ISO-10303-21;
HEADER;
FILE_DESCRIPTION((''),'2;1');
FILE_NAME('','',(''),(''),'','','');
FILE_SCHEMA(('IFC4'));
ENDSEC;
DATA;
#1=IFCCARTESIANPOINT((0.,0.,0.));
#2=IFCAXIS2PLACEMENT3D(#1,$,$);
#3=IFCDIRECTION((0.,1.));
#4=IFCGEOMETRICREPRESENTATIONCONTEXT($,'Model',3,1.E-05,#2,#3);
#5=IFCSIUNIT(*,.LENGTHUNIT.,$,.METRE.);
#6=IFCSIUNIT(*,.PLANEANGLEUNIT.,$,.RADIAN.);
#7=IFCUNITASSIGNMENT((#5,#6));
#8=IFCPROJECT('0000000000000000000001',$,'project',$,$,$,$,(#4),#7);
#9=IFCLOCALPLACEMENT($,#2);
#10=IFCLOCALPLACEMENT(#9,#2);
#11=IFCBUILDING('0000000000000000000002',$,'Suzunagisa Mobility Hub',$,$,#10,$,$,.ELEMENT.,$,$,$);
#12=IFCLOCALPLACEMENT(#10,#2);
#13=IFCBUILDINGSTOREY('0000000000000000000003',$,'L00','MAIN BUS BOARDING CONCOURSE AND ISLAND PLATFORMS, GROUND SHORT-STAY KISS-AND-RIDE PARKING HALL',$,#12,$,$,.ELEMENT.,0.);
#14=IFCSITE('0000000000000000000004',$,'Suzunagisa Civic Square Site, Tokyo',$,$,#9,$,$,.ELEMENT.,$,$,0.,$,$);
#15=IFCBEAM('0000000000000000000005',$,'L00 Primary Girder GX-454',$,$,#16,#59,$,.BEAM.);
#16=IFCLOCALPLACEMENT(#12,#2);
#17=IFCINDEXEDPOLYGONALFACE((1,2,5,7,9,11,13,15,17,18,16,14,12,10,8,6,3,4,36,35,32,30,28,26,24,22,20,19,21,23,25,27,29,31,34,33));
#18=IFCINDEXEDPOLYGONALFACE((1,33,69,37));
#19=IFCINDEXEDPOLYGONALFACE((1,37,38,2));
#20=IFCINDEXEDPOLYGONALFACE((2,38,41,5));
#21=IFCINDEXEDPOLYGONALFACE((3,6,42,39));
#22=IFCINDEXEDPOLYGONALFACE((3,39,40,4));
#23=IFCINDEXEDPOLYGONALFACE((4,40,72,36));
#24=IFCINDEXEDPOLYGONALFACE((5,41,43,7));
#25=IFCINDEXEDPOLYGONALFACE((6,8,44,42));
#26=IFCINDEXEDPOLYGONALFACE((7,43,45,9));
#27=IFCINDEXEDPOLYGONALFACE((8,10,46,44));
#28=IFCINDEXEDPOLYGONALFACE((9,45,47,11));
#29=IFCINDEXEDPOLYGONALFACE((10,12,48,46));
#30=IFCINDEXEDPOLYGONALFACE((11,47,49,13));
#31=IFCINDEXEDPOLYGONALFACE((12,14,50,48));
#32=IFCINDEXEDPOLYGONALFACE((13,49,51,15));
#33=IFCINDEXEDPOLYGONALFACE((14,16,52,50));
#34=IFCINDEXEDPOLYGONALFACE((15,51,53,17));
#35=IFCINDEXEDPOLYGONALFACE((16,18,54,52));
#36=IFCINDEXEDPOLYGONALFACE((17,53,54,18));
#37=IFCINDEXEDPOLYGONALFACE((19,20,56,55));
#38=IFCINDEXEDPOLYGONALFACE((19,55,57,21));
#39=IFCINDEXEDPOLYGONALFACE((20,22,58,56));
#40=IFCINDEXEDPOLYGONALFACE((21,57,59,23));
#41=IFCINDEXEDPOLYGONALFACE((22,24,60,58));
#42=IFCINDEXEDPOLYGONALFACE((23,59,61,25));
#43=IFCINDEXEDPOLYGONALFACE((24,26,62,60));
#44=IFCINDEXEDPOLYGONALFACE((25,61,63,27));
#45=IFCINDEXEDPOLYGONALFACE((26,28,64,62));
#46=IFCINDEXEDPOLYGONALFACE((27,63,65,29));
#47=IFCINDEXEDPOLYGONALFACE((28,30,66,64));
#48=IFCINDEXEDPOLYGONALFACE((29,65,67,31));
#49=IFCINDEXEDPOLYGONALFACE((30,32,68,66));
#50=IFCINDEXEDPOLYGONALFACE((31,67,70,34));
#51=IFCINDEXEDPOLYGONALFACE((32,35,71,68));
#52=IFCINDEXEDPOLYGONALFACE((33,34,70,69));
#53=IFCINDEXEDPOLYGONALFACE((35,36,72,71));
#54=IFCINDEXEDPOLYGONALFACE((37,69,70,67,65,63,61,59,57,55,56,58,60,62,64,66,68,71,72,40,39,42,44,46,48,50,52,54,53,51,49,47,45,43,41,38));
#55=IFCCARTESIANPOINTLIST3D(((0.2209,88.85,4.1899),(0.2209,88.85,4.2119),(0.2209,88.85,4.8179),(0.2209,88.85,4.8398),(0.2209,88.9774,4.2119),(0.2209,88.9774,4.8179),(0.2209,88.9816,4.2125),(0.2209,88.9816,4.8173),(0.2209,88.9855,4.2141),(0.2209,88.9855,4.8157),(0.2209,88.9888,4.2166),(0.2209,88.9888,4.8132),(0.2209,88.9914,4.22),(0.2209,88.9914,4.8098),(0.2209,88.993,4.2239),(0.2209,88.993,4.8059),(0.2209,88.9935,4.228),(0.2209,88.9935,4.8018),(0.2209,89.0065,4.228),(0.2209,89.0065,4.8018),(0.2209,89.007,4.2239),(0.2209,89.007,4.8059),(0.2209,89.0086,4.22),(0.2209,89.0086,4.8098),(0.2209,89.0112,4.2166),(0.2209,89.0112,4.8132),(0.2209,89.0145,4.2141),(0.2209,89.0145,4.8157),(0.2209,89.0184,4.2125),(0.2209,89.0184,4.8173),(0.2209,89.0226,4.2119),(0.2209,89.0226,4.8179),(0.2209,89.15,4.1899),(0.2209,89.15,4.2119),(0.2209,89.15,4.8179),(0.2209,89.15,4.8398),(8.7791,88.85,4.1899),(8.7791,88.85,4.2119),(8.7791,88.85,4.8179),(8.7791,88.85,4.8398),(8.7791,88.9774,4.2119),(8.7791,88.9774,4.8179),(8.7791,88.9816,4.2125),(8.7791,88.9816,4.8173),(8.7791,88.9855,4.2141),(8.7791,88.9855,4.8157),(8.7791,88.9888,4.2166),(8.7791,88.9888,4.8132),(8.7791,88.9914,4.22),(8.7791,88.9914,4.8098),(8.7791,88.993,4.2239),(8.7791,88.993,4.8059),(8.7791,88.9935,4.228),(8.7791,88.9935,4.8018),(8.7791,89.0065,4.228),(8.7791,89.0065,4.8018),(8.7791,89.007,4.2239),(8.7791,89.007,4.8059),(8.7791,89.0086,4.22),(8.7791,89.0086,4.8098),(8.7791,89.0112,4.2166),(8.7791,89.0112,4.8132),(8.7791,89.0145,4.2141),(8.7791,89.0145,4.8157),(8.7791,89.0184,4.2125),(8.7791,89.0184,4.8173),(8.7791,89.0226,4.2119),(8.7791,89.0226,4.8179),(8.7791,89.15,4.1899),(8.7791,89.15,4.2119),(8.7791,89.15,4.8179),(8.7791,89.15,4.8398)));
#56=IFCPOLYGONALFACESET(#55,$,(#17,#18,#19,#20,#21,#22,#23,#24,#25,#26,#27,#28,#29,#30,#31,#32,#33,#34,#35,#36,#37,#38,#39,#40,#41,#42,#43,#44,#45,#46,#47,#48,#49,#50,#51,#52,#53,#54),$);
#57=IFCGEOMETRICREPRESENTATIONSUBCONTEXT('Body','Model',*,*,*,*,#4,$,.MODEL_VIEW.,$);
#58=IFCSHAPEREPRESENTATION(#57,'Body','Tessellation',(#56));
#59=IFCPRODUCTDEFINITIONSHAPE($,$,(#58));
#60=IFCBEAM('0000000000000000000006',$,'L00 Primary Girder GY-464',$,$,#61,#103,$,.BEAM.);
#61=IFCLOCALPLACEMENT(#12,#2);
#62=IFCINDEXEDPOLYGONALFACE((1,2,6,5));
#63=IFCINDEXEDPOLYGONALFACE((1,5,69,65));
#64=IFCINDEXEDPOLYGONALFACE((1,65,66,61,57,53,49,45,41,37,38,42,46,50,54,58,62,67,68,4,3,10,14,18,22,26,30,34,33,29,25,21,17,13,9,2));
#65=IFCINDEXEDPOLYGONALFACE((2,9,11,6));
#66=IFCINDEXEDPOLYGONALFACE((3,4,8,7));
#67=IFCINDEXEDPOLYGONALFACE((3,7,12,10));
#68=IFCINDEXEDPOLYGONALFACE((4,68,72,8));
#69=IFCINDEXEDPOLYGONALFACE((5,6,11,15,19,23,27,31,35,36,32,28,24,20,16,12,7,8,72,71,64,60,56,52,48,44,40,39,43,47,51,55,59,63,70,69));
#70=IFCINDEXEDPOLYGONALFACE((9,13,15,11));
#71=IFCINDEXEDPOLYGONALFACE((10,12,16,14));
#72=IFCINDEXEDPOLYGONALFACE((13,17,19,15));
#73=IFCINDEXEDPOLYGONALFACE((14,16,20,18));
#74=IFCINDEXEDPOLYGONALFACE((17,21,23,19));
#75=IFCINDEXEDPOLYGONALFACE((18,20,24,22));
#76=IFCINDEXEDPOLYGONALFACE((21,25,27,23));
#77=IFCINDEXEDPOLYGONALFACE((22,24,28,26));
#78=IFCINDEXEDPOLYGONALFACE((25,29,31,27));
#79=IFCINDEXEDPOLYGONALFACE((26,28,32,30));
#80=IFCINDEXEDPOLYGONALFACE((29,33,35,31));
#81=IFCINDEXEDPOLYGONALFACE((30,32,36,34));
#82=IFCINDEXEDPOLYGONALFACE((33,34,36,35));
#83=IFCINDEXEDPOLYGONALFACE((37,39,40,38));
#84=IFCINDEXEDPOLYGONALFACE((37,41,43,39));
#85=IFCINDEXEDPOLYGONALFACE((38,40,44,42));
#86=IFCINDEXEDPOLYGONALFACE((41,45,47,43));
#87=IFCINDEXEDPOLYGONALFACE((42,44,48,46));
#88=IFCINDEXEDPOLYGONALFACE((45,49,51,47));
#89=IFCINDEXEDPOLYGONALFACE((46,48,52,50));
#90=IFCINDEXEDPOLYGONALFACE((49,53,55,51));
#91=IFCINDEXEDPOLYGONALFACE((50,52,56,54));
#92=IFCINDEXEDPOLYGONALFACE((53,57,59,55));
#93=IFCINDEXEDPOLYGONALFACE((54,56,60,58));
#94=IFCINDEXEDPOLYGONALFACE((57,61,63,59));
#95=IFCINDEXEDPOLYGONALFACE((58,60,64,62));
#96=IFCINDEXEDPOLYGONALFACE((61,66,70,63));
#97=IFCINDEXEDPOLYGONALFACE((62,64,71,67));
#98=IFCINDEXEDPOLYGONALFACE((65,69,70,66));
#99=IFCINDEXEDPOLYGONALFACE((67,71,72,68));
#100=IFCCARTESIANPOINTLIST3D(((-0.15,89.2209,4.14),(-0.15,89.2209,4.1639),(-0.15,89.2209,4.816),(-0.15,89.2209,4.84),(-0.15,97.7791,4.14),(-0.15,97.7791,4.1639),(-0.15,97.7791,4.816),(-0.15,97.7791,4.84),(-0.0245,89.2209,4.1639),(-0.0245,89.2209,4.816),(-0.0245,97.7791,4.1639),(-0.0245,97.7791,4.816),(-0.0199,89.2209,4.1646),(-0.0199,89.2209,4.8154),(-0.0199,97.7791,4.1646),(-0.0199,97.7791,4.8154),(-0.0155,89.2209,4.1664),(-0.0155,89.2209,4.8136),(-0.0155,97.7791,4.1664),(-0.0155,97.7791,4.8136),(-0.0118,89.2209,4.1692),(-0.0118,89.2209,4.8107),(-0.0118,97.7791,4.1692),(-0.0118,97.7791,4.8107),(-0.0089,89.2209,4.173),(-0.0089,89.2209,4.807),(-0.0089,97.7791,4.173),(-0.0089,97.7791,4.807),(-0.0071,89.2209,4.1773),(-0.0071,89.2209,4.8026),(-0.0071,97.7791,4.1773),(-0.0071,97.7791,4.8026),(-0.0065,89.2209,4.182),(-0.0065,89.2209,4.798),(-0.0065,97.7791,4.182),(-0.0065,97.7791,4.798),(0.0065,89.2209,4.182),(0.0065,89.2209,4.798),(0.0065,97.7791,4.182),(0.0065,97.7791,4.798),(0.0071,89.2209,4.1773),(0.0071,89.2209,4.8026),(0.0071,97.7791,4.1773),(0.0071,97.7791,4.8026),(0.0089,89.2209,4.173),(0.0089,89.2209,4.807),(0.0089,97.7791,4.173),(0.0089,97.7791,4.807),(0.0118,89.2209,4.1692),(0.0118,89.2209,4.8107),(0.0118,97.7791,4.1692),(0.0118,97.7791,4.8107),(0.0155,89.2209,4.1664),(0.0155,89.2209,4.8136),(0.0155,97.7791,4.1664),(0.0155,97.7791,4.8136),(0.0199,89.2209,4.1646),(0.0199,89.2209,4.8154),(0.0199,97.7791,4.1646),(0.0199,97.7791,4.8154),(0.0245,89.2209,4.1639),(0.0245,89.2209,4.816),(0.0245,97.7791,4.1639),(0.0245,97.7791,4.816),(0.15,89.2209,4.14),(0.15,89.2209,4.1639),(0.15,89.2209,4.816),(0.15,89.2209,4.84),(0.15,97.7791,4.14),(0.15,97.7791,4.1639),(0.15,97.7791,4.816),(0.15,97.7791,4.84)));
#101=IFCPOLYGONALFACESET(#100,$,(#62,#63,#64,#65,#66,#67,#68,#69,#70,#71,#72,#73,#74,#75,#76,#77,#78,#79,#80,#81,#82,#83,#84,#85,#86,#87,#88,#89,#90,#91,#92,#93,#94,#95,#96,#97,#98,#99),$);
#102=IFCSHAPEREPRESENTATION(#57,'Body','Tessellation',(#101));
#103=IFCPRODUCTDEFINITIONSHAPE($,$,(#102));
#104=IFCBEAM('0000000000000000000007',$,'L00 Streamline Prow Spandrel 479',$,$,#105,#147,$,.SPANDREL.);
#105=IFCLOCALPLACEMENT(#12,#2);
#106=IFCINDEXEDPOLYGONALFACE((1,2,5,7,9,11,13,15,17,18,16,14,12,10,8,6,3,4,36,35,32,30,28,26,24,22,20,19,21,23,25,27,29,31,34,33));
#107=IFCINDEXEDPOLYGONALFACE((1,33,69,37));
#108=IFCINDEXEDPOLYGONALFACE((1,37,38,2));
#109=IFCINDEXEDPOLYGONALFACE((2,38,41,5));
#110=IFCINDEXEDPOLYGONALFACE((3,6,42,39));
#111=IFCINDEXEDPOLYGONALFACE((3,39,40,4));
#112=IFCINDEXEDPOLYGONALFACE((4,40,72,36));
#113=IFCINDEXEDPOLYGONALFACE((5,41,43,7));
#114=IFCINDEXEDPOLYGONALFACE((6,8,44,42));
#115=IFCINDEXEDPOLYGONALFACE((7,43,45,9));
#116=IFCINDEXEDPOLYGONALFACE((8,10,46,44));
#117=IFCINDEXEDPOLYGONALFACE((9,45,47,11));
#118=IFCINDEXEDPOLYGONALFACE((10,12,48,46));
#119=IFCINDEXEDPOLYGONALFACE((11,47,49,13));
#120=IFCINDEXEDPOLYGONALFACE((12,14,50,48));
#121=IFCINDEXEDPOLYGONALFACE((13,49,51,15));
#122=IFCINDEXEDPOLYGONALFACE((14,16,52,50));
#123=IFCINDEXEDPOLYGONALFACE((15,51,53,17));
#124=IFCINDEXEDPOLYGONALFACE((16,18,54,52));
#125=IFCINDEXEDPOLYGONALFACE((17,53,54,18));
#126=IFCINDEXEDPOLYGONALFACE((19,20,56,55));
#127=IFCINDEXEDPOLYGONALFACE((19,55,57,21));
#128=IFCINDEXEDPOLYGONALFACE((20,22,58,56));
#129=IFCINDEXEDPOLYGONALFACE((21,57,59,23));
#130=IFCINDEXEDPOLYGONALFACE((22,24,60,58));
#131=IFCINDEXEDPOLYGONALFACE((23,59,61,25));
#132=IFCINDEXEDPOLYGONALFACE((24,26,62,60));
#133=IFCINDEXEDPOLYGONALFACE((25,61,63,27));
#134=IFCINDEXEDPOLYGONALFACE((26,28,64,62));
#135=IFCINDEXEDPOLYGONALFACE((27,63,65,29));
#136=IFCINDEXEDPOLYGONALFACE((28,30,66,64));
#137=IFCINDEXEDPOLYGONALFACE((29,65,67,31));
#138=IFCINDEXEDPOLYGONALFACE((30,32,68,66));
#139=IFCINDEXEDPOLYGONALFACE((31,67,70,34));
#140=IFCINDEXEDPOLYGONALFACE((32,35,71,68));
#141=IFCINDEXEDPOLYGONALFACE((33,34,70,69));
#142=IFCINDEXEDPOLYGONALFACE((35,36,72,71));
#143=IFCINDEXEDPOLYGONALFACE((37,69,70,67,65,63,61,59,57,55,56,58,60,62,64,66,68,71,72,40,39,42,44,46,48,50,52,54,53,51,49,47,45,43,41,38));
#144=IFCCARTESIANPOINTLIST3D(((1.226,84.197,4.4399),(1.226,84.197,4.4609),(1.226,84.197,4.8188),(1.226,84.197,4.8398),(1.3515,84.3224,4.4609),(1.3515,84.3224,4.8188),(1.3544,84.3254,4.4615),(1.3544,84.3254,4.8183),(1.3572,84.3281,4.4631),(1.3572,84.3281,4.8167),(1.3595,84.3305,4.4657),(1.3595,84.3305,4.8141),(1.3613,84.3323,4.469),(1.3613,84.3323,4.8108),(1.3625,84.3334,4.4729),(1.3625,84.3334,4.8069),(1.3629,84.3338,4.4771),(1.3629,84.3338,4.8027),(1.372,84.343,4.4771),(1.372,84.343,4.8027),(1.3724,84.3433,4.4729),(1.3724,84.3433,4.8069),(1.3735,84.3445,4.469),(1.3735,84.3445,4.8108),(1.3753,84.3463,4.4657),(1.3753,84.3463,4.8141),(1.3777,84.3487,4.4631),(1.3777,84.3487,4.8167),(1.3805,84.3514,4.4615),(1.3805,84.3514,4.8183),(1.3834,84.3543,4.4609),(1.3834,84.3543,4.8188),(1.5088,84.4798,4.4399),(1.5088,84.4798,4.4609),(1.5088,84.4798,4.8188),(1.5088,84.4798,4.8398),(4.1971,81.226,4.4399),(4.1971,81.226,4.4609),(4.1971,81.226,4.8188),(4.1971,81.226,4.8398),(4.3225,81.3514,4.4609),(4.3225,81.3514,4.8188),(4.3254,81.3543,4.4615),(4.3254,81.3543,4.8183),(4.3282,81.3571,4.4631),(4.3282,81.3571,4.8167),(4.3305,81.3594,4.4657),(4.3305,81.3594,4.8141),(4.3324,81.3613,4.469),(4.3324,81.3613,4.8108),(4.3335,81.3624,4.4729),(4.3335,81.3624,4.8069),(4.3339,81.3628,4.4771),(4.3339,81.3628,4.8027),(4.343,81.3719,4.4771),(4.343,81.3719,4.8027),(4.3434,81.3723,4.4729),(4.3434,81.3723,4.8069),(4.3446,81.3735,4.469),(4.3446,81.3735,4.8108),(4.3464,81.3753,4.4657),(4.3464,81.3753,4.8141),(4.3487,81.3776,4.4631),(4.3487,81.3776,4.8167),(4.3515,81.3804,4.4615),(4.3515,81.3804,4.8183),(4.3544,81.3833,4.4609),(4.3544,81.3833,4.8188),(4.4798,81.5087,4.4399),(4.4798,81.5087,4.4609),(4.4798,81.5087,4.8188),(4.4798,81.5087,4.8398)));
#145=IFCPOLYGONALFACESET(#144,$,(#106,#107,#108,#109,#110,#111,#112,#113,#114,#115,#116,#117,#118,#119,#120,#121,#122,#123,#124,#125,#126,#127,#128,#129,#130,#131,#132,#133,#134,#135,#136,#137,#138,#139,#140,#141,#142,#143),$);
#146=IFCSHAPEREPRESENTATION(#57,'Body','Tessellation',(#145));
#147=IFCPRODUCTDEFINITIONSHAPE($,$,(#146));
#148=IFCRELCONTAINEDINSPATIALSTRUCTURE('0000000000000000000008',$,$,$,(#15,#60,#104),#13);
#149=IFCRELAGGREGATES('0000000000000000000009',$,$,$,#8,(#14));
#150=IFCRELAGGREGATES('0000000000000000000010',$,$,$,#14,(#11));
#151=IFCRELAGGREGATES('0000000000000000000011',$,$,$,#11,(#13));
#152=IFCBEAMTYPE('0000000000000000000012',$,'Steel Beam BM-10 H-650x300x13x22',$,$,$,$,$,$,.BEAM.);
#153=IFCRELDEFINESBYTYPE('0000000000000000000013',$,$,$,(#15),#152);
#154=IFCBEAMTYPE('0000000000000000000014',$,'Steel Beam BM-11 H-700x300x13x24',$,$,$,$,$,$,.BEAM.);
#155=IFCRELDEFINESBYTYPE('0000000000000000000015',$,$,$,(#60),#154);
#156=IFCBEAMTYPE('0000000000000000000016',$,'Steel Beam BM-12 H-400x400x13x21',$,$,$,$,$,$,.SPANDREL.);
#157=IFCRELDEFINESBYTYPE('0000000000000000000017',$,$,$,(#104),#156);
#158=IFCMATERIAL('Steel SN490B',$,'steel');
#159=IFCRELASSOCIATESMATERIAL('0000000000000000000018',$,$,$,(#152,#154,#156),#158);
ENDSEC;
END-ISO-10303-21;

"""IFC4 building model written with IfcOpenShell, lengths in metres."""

from ifc_helpers import new_model, si_unit, direction, frame, origin, origin_2d, place, context, subcontext, project, spatial, i_section, extrude, material, material_profile, profile_set, type_object, element, save


model = new_model("IFC4")

# Units and contexts
model_context = context("Model", 3, precision=1e-05, world=origin(), true_north=direction((0.0, 1.0)))
body_context = subcontext(model_context, "Body", "Model", "MODEL_VIEW")
ifc_project = project(units=[si_unit("LENGTHUNIT", "METRE"), si_unit("PLANEANGLEUNIT", "RADIAN")], contexts=[model_context])

# Site, building, storey
site_placement = place(None, origin())
site = spatial("IfcSite", under=ifc_project, at=site_placement, Name="Suzunagisa Civic Square Site, Tokyo", CompositionType="ELEMENT", RefElevation=0.0)
building_placement = place(site_placement, origin())
building = spatial("IfcBuilding", under=site, at=building_placement, Name="Suzunagisa Mobility Hub", CompositionType="ELEMENT")
storey_placement = place(building_placement, origin())
storey = spatial("IfcBuildingStorey", under=building, at=storey_placement, Name="L00", Description="MAIN BUS BOARDING CONCOURSE AND ISLAND PLATFORMS, GROUND SHORT-STAY KISS-AND-RIDE PARKING HALL", CompositionType="ELEMENT", Elevation=0.0)

# Shared definitions
ifc_material_1 = material(Name="Steel SN490B", Category="steel")

# Beams
ifc_material_profile_1 = material_profile(ifc_material_1, i_section(OverallWidth=0.3, OverallDepth=0.6499, WebThickness=0.0129, FlangeThickness=0.022, FilletRadius=0.0161, at=origin_2d()), Name="H-650x300x13x22")
ifc_profile_set_1 = profile_set([ifc_material_profile_1], Name="Steel SN490B")
beam_type_1 = type_object("IfcBeamType", Name="Steel Beam BM-10 H-650x300x13x22", PredefinedType="BEAM", material=ifc_profile_set_1)
beam_1_placement = place(storey_placement, frame((0.2209, 89.0, 4.5149), z_axis=(1.0, 0.0, 0.0), x_axis=(0.0, 1.0, 0.0)))
element("IfcBeam", 1, at=beam_1_placement, inside=storey, type_object=beam_type_1, Name="L00 Primary Girder GX-454", PredefinedType="BEAM", context=body_context, shape_type="SweptSolid", body=[
    extrude(i_section(OverallWidth=0.3, OverallDepth=0.6499, WebThickness=0.0129, FlangeThickness=0.022, FilletRadius=0.0161, at=origin_2d()), origin(), (0.0, 0.0, 1.0), 8.5581),
])
ifc_material_profile_2 = material_profile(ifc_material_1, i_section(OverallWidth=0.3, OverallDepth=0.7, WebThickness=0.0129, FlangeThickness=0.0239, FilletRadius=0.0181, at=origin_2d()), Name="H-700x300x13x24")
ifc_profile_set_2 = profile_set([ifc_material_profile_2], Name="Steel SN490B")
beam_type_2 = type_object("IfcBeamType", Name="Steel Beam BM-11 H-700x300x13x24", PredefinedType="BEAM", material=ifc_profile_set_2)
beam_2_placement = place(storey_placement, frame((0.0, 89.2209, 4.49), z_axis=(0.0, 1.0, 0.0), x_axis=(-1.0, 0.0, 0.0)))
element("IfcBeam", 2, at=beam_2_placement, inside=storey, type_object=beam_type_2, Name="L00 Primary Girder GY-464", PredefinedType="BEAM", context=body_context, shape_type="SweptSolid", body=[
    extrude(i_section(OverallWidth=0.3, OverallDepth=0.7, WebThickness=0.0129, FlangeThickness=0.0239, FilletRadius=0.0181, at=origin_2d()), origin(), (0.0, 0.0, 1.0), 8.5581),
])
ifc_material_profile_3 = material_profile(ifc_material_1, i_section(OverallWidth=0.3999, OverallDepth=0.3999, WebThickness=0.0129, FlangeThickness=0.021, FilletRadius=0.0161, at=origin_2d()), Name="H-400x400x13x21")
ifc_profile_set_3 = profile_set([ifc_material_profile_3], Name="Steel SN490B")
beam_type_3 = type_object("IfcBeamType", Name="Steel Beam BM-12 H-400x400x13x21", PredefinedType="SPANDREL", material=ifc_profile_set_3)
beam_3_placement = place(storey_placement, frame((1.3674, 84.3384, 4.6399), z_axis=(0.707107, -0.707107, 0.0), x_axis=(0.707107, 0.707107, 0.0)))
element("IfcBeam", 3, at=beam_3_placement, inside=storey, type_object=beam_type_3, Name="L00 Streamline Prow Spandrel 479", PredefinedType="SPANDREL", context=body_context, shape_type="SweptSolid", body=[
    extrude(i_section(OverallWidth=0.3999, OverallDepth=0.3999, WebThickness=0.0129, FlangeThickness=0.021, FilletRadius=0.0161, at=origin_2d()), origin(), (0.0, 0.0, 1.0), 4.2017),
])

save(model, "model.ifc")
